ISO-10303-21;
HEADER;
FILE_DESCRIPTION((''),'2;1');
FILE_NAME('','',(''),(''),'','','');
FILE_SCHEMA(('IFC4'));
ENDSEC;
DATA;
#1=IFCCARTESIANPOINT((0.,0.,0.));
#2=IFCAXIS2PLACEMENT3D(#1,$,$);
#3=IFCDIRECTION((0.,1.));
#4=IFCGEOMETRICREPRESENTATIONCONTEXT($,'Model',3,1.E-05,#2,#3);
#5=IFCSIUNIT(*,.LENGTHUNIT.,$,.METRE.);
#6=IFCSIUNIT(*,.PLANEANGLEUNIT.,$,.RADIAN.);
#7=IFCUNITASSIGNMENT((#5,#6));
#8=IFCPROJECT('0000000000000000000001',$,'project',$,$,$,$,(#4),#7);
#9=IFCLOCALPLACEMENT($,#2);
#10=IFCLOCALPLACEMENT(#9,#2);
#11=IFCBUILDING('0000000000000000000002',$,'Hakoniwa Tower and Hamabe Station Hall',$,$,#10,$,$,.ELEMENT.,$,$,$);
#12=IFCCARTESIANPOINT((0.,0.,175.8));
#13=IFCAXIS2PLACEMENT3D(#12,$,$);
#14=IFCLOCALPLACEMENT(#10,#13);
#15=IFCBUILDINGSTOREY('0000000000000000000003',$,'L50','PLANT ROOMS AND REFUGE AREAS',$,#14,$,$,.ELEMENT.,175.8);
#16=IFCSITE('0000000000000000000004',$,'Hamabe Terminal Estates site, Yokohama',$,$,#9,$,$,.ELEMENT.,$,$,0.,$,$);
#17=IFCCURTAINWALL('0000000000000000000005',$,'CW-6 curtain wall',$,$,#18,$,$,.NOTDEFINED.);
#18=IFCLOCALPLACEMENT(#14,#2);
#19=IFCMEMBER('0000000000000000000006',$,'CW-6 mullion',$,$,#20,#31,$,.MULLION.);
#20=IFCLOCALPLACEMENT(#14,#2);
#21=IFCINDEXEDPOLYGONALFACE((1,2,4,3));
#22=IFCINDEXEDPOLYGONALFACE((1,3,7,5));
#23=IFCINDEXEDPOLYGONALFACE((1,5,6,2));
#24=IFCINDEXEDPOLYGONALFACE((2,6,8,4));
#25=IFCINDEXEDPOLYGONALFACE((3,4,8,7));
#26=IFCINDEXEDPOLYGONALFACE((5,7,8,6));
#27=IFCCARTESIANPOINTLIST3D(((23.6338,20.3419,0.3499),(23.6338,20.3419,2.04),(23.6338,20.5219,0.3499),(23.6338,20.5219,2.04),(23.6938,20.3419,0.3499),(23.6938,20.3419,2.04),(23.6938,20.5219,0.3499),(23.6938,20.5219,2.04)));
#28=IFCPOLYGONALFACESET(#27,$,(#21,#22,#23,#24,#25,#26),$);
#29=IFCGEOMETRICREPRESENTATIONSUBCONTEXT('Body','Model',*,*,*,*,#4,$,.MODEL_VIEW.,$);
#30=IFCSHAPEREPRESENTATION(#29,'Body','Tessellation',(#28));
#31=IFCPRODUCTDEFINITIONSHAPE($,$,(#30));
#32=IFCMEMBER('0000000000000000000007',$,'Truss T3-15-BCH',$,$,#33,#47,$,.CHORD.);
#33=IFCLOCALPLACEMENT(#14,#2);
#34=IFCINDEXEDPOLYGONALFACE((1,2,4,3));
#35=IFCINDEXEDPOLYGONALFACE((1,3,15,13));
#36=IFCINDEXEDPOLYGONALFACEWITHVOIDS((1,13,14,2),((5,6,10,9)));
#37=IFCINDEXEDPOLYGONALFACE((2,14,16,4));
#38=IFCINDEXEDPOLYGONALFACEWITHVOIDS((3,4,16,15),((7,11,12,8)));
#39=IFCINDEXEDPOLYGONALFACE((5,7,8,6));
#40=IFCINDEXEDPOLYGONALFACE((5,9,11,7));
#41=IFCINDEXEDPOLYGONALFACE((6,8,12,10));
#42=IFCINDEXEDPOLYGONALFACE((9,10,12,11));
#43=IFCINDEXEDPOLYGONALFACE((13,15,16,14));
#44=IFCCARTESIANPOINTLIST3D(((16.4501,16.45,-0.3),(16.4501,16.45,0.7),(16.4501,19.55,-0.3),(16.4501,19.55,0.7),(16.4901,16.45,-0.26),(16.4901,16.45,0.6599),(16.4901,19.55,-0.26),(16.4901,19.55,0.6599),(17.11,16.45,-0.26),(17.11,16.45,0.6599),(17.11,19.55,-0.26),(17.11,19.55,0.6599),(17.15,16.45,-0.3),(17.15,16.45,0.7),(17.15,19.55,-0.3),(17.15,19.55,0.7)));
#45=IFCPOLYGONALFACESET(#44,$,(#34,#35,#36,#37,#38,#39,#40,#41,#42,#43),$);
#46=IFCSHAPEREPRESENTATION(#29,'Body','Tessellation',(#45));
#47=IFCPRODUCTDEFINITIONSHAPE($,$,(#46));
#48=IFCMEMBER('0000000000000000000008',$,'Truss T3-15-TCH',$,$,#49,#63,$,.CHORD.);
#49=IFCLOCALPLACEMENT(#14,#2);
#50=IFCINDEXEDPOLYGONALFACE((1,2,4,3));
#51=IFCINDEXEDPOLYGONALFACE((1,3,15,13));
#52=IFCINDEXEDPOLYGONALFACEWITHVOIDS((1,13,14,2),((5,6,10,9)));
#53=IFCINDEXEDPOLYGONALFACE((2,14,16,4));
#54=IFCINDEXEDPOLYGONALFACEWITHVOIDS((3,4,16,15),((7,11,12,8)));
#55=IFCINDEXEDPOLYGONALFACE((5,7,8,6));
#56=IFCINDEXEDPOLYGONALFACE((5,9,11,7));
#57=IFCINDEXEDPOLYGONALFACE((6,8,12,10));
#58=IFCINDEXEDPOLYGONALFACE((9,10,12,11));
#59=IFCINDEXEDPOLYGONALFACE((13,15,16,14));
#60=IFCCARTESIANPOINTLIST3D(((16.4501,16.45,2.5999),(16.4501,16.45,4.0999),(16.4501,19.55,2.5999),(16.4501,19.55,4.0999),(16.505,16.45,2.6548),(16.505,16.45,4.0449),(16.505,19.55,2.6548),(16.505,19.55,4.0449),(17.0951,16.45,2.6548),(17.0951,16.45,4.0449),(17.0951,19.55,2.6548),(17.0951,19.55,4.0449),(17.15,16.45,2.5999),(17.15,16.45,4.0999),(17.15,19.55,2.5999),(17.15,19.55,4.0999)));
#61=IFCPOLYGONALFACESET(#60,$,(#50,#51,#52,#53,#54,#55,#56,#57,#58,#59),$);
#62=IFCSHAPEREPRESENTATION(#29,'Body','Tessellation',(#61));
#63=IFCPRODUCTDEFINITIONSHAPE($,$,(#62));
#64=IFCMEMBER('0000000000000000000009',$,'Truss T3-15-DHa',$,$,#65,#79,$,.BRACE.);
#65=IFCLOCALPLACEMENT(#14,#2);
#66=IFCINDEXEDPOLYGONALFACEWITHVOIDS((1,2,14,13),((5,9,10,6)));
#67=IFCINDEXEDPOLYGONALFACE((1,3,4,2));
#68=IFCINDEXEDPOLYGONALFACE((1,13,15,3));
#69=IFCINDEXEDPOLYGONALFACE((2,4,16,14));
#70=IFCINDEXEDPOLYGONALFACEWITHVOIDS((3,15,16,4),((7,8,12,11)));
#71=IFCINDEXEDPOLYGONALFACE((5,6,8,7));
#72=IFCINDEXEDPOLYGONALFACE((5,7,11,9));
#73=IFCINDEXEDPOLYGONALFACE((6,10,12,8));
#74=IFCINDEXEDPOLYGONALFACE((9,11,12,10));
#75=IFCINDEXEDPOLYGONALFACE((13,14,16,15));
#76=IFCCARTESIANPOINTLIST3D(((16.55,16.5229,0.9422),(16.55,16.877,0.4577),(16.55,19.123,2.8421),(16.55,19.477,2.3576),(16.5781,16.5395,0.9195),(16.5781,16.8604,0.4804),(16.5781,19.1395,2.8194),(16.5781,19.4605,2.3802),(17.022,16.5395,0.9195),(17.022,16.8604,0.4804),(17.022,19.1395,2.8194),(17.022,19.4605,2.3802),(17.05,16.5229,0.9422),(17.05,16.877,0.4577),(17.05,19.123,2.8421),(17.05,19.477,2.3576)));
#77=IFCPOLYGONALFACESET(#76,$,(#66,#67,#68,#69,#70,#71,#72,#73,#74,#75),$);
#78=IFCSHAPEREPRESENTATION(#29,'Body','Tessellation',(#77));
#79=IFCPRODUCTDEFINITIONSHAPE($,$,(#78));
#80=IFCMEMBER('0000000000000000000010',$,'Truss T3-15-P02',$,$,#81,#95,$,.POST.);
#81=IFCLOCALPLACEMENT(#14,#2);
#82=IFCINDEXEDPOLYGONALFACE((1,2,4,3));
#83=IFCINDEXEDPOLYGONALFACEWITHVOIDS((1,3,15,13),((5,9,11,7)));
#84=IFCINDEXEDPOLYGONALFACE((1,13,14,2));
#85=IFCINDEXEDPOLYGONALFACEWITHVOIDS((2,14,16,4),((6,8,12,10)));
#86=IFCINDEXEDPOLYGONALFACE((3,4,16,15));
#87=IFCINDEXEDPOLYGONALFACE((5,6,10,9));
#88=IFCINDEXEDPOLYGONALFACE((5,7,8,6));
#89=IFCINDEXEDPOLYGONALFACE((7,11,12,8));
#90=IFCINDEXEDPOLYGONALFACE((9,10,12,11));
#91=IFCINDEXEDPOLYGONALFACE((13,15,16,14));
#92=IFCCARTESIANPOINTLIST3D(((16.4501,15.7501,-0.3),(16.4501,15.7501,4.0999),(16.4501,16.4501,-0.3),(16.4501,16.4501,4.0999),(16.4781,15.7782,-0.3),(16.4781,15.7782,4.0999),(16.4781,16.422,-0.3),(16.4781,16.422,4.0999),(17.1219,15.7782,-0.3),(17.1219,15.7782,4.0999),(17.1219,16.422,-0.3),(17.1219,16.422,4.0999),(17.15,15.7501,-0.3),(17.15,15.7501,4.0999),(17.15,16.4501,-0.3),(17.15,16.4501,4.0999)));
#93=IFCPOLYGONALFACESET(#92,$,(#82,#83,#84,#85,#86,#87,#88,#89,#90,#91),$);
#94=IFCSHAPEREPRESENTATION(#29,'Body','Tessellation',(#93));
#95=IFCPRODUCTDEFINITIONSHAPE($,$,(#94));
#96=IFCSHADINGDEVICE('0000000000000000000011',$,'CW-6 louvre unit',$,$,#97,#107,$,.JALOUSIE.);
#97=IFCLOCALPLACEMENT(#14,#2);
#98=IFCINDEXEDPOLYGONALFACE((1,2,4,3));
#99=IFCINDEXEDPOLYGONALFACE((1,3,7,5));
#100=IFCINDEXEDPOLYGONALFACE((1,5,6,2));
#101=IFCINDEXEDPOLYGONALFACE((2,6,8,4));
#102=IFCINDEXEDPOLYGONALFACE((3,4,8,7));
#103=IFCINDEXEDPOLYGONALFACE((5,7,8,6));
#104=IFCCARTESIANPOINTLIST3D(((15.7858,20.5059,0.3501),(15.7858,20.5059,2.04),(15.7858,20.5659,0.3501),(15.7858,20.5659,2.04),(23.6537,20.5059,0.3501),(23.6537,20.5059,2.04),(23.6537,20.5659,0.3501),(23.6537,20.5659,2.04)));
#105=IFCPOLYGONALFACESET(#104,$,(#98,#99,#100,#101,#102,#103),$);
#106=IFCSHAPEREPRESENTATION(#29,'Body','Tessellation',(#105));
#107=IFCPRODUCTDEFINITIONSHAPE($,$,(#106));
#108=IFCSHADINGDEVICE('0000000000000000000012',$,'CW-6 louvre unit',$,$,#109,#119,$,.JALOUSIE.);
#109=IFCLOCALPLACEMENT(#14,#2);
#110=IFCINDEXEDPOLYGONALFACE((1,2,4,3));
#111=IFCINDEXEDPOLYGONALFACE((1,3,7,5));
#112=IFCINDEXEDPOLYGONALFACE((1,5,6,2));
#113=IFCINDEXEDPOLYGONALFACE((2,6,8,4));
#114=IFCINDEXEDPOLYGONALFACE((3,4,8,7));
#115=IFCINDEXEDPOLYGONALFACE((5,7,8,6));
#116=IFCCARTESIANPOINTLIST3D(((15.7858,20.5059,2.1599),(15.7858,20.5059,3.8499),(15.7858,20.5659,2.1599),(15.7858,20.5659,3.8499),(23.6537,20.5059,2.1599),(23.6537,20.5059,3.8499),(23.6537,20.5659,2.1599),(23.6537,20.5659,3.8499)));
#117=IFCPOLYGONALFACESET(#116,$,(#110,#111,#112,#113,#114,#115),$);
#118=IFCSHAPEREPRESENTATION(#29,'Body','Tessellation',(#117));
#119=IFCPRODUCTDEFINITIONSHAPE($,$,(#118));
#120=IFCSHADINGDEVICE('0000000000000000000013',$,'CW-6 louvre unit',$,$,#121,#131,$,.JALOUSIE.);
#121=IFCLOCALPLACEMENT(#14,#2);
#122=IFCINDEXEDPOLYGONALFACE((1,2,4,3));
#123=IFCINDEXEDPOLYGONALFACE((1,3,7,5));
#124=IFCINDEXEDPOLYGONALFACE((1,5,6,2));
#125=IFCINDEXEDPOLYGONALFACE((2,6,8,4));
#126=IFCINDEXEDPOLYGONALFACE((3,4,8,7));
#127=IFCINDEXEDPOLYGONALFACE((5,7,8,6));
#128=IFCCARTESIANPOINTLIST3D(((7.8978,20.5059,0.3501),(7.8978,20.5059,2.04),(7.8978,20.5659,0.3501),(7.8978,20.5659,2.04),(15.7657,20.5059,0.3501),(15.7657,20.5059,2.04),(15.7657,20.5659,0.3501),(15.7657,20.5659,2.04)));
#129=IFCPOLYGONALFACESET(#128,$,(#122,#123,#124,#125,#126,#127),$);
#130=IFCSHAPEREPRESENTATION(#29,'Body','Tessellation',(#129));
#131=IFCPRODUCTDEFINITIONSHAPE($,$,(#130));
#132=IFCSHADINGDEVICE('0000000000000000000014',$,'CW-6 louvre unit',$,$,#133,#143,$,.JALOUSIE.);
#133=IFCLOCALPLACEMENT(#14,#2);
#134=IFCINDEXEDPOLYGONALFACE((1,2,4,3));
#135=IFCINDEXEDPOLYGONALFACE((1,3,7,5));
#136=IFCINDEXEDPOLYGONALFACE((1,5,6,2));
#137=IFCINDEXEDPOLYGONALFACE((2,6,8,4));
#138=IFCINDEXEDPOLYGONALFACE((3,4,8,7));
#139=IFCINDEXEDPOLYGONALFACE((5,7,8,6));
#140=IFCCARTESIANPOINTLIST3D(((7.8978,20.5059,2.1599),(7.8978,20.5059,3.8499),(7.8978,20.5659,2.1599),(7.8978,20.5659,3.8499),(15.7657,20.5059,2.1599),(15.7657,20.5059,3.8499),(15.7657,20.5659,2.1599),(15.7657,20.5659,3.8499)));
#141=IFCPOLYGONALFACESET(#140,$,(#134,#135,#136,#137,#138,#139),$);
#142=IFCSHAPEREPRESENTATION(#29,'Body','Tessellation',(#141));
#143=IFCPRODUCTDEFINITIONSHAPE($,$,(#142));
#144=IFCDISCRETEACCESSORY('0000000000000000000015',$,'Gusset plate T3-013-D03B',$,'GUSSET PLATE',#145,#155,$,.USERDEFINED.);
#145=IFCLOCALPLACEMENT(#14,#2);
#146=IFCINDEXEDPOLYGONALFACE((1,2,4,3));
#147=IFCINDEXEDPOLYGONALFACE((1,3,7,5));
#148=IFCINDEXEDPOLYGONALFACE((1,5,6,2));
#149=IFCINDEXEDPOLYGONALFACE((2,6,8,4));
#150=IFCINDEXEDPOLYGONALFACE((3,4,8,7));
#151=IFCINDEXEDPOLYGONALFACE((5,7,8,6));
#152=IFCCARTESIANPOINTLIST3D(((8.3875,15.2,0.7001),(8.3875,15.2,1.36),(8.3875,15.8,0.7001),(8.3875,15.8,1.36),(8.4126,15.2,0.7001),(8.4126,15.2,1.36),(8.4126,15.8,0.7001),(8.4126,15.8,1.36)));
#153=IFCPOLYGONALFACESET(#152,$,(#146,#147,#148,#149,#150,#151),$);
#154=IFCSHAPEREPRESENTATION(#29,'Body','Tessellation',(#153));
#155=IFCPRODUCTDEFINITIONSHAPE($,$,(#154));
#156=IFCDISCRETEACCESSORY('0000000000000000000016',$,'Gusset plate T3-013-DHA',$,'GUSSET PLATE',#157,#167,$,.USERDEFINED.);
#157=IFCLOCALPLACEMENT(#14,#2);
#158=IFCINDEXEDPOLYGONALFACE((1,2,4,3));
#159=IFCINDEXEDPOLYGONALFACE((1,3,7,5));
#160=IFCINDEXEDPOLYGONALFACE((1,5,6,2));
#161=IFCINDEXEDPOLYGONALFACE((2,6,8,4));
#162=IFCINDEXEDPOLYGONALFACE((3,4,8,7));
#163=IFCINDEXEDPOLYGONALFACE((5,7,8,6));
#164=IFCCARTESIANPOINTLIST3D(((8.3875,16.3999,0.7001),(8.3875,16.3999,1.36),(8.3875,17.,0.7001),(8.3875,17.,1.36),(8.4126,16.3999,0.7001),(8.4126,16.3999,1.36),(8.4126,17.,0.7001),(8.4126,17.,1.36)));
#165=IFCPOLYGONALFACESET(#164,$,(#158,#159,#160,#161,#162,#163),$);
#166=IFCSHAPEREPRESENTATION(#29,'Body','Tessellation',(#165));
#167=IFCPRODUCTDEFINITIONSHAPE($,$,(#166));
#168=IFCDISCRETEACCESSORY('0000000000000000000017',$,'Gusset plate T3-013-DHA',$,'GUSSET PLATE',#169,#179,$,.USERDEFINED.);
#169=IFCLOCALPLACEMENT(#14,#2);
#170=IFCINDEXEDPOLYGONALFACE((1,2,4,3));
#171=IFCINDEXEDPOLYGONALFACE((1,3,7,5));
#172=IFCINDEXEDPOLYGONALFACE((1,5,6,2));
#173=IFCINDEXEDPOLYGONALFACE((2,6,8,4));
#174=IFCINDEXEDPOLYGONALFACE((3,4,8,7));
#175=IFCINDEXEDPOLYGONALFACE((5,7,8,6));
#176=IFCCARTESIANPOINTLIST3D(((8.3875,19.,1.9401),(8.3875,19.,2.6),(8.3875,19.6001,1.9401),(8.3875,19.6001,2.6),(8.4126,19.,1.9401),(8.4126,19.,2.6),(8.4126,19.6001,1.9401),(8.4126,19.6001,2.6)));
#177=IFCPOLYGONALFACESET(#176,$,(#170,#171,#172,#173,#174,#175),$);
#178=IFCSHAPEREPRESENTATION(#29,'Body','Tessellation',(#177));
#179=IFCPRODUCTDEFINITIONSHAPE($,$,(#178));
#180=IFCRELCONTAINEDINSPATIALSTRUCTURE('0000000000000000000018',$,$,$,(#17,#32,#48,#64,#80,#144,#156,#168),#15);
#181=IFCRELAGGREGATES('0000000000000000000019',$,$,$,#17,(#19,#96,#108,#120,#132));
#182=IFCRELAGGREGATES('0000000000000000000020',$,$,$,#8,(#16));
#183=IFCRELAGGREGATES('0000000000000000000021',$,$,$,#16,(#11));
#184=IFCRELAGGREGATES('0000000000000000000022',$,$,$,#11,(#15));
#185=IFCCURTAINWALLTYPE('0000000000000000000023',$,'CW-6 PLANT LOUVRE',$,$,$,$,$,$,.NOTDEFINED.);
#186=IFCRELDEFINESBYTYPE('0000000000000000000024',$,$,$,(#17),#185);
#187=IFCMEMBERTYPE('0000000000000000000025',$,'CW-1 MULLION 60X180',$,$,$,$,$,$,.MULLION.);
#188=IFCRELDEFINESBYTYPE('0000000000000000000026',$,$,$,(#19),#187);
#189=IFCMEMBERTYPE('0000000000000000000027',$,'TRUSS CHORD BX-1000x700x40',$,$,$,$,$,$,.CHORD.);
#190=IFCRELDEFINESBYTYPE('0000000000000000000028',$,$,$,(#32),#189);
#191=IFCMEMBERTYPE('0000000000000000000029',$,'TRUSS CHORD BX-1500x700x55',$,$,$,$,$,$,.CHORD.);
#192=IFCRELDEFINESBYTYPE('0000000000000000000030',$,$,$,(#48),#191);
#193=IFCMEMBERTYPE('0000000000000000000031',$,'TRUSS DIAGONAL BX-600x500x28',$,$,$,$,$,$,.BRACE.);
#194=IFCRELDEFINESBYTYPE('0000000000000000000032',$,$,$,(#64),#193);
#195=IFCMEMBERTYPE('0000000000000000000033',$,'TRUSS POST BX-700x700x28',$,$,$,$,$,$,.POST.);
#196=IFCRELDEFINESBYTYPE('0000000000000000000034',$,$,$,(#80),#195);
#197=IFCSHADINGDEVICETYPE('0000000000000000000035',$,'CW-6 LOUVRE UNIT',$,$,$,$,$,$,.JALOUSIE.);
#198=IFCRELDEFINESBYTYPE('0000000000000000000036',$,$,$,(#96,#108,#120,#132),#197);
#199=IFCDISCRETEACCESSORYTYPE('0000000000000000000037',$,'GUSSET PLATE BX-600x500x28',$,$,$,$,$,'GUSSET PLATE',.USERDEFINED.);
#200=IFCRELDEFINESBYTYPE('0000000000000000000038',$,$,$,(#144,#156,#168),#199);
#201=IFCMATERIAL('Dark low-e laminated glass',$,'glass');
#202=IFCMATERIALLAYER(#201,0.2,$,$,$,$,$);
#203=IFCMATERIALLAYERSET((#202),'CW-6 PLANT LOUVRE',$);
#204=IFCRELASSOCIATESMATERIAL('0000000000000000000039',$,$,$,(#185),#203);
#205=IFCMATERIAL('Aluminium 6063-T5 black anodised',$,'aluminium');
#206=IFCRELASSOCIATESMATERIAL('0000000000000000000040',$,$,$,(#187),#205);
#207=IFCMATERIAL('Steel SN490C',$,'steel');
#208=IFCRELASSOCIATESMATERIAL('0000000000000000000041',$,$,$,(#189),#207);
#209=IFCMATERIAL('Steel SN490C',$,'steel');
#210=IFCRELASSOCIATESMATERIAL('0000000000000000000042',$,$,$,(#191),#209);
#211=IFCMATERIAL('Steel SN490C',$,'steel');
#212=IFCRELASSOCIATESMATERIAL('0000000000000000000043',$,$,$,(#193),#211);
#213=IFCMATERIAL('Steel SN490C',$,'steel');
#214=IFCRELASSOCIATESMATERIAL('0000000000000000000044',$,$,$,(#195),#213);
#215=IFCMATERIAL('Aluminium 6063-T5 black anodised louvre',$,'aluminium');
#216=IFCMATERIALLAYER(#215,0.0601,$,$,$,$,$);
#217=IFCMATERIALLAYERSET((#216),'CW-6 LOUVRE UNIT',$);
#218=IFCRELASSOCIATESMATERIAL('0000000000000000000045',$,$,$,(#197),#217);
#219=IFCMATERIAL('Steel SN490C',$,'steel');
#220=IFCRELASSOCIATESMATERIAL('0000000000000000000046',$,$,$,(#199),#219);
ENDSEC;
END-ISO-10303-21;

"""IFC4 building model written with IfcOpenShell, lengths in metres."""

from ifc_helpers import new_model, si_unit, direction, frame, origin, origin_2d, place, context, subcontext, project, spatial, rectangle, hollow_rectangle, extrude, material, layer, layer_set, material_profile, profile_set, type_object, element, aggregate, save


model = new_model("IFC4")

# Units and contexts
model_context = context("Model", 3, precision=1e-05, world=origin(), true_north=direction((0.0, 1.0)))
body_context = subcontext(model_context, "Body", "Model", "MODEL_VIEW")
ifc_project = project(units=[si_unit("LENGTHUNIT", "METRE"), si_unit("PLANEANGLEUNIT", "RADIAN")], contexts=[model_context])

# Site, building, storey
site_placement = place(None, origin())
site = spatial("IfcSite", under=ifc_project, at=site_placement, Name="Hamabe Terminal Estates site, Yokohama", CompositionType="ELEMENT", RefElevation=0.0)
building_placement = place(site_placement, origin())
building = spatial("IfcBuilding", under=site, at=building_placement, Name="Hakoniwa Tower and Hamabe Station Hall", CompositionType="ELEMENT")
storey_placement = place(building_placement, frame((0.0, 0.0, 175.8)))
storey = spatial("IfcBuildingStorey", under=building, at=storey_placement, Name="L50", Description="PLANT ROOMS AND REFUGE AREAS", CompositionType="ELEMENT", Elevation=175.8)

# Curtain wall, member
ifc_material_1 = material(Name="Dark low-e laminated glass", Category="glass")
ifc_layer_1 = layer(ifc_material_1, 0.2)
ifc_layer_set_1 = layer_set([ifc_layer_1], Name="CW-6 PLANT LOUVRE")
curtain_wall_type = type_object("IfcCurtainWallType", Name="CW-6 PLANT LOUVRE", PredefinedType="NOTDEFINED", material=ifc_layer_set_1)
curtain_wall_placement = place(storey_placement, origin())
curtain_wall = element("IfcCurtainWall", 1, at=curtain_wall_placement, inside=storey, type_object=curtain_wall_type, Name="CW-6 curtain wall", PredefinedType="NOTDEFINED")
ifc_material_2 = material(Name="Aluminium 6063-T5 black anodised", Category="aluminium")
ifc_material_profile_1 = material_profile(ifc_material_2, rectangle(XDim=0.0601, YDim=0.1799, at=origin_2d()), Name="CW-1 MULLION 60X180")
ifc_profile_set_1 = profile_set([ifc_material_profile_1], Name="Aluminium 6063-T5 black anodised")
member_type_1 = type_object("IfcMemberType", Name="CW-1 MULLION 60X180", PredefinedType="MULLION", material=ifc_profile_set_1)
member_1_placement = place(storey_placement, frame((23.6638, 20.4319, 0.3499), z_axis=(0.0, 0.0, 1.0), x_axis=(-1.0, 0.0, 0.0)))
member_1 = element("IfcMember", 2, at=member_1_placement, type_object=member_type_1, Name="CW-6 mullion", PredefinedType="MULLION", context=body_context, shape_type="SweptSolid", body=[
    extrude(rectangle(XDim=0.0601, YDim=0.1799, at=origin_2d()), origin(), (0.0, 0.0, 1.0), 1.6902),
])

# Members
ifc_material_3 = material(Name="Steel SN490C", Category="steel")
ifc_material_profile_2 = material_profile(ifc_material_3, hollow_rectangle(XDim=0.7, YDim=1.0, WallThickness=0.04, at=origin_2d()), Name="BX-1000x700x40")
ifc_profile_set_2 = profile_set([ifc_material_profile_2], Name="Steel SN490C")
member_type_2 = type_object("IfcMemberType", Name="TRUSS CHORD BX-1000x700x40", PredefinedType="CHORD", material=ifc_profile_set_2)
member_2_placement = place(storey_placement, frame((16.8, 16.45, 0.2), z_axis=(0.0, 1.0, 0.0), x_axis=(-1.0, 0.0, 0.0)))
element("IfcMember", 3, at=member_2_placement, inside=storey, type_object=member_type_2, Name="Truss T3-15-BCH", PredefinedType="CHORD", context=body_context, shape_type="SweptSolid", body=[
    extrude(hollow_rectangle(XDim=0.7, YDim=1.0, WallThickness=0.04, at=origin_2d()), origin(), (0.0, 0.0, 1.0), 3.1001),
])
ifc_material_4 = material(Name="Steel SN490C", Category="steel")
ifc_material_profile_3 = material_profile(ifc_material_4, hollow_rectangle(XDim=0.7, YDim=1.5, WallThickness=0.0549, at=origin_2d()), Name="BX-1500x700x55")
ifc_profile_set_3 = profile_set([ifc_material_profile_3], Name="Steel SN490C")
member_type_3 = type_object("IfcMemberType", Name="TRUSS CHORD BX-1500x700x55", PredefinedType="CHORD", material=ifc_profile_set_3)
member_3_placement = place(storey_placement, frame((16.8, 16.45, 3.3499), z_axis=(0.0, 1.0, 0.0), x_axis=(-1.0, 0.0, 0.0)))
element("IfcMember", 4, at=member_3_placement, inside=storey, type_object=member_type_3, Name="Truss T3-15-TCH", PredefinedType="CHORD", context=body_context, shape_type="SweptSolid", body=[
    extrude(hollow_rectangle(XDim=0.7, YDim=1.5, WallThickness=0.0549, at=origin_2d()), origin(), (0.0, 0.0, 1.0), 3.1001),
])
ifc_material_5 = material(Name="Steel SN490C", Category="steel")
ifc_material_profile_4 = material_profile(ifc_material_5, hollow_rectangle(XDim=0.5, YDim=0.6001, WallThickness=0.0281, at=origin_2d()), Name="BX-600x500x28")
ifc_profile_set_4 = profile_set([ifc_material_profile_4], Name="Steel SN490C")
member_type_4 = type_object("IfcMemberType", Name="TRUSS DIAGONAL BX-600x500x28", PredefinedType="BRACE", material=ifc_profile_set_4)
member_4_placement = place(storey_placement, frame((16.8, 16.7, 0.7), z_axis=(0.0, 0.807416, 0.589982), x_axis=(-1.0, 0.0, 0.0)))
element("IfcMember", 5, at=member_4_placement, inside=storey, type_object=member_type_4, Name="Truss T3-15-DHa", PredefinedType="BRACE", context=body_context, shape_type="SweptSolid", body=[
    extrude(hollow_rectangle(XDim=0.5, YDim=0.6001, WallThickness=0.0281, at=origin_2d()), origin(), (0.0, 0.0, 1.0), 3.2202),
])
ifc_material_6 = material(Name="Steel SN490C", Category="steel")
ifc_material_profile_5 = material_profile(ifc_material_6, hollow_rectangle(XDim=0.7, YDim=0.7, WallThickness=0.0281, at=origin_2d()), Name="BX-700x700x28")
ifc_profile_set_5 = profile_set([ifc_material_profile_5], Name="Steel SN490C")
member_type_5 = type_object("IfcMemberType", Name="TRUSS POST BX-700x700x28", PredefinedType="POST", material=ifc_profile_set_5)
member_5_placement = place(storey_placement, frame((16.8, 16.1001, -0.3), z_axis=(0.0, 0.0, 1.0), x_axis=(1.0, 0.0, 0.0)))
element("IfcMember", 6, at=member_5_placement, inside=storey, type_object=member_type_5, Name="Truss T3-15-P02", PredefinedType="POST", context=body_context, shape_type="SweptSolid", body=[
    extrude(hollow_rectangle(XDim=0.7, YDim=0.7, WallThickness=0.0281, at=origin_2d()), origin(), (0.0, 0.0, 1.0), 4.3999),
])

# Shading devices
ifc_material_7 = material(Name="Aluminium 6063-T5 black anodised louvre", Category="aluminium")
ifc_layer_2 = layer(ifc_material_7, 0.0601)
ifc_layer_set_2 = layer_set([ifc_layer_2], Name="CW-6 LOUVRE UNIT")
shading_device_type = type_object("IfcShadingDeviceType", Name="CW-6 LOUVRE UNIT", PredefinedType="JALOUSIE", material=ifc_layer_set_2)
shading_device_1_placement = place(storey_placement, frame((19.7197, 20.5359, 0.3501), z_axis=(0.0, 0.0, 1.0), x_axis=(-1.0, 0.0, 0.0)))
shading_device_1 = element("IfcShadingDevice", 7, at=shading_device_1_placement, type_object=shading_device_type, Name="CW-6 louvre unit", PredefinedType="JALOUSIE", context=body_context, shape_type="SweptSolid", body=[
    extrude(rectangle(XDim=7.8679, YDim=0.0601, at=origin_2d()), origin(), (0.0, 0.0, 1.0), 1.6899),
])
shading_device_2_placement = place(storey_placement, frame((19.7197, 20.5359, 2.1599), z_axis=(0.0, 0.0, 1.0), x_axis=(-1.0, 0.0, 0.0)))
shading_device_2 = element("IfcShadingDevice", 8, at=shading_device_2_placement, type_object=shading_device_type, Name="CW-6 louvre unit", PredefinedType="JALOUSIE", context=body_context, shape_type="SweptSolid", body=[
    extrude(rectangle(XDim=7.8679, YDim=0.0601, at=origin_2d()), origin(), (0.0, 0.0, 1.0), 1.6899),
])
shading_device_3_placement = place(storey_placement, frame((11.8318, 20.5359, 0.3501), z_axis=(0.0, 0.0, 1.0), x_axis=(-1.0, 0.0, 0.0)))
shading_device_3 = element("IfcShadingDevice", 9, at=shading_device_3_placement, type_object=shading_device_type, Name="CW-6 louvre unit", PredefinedType="JALOUSIE", context=body_context, shape_type="SweptSolid", body=[
    extrude(rectangle(XDim=7.8679, YDim=0.0601, at=origin_2d()), origin(), (0.0, 0.0, 1.0), 1.6899),
])
shading_device_4_placement = place(storey_placement, frame((11.8318, 20.5359, 2.1599), z_axis=(0.0, 0.0, 1.0), x_axis=(-1.0, 0.0, 0.0)))
shading_device_4 = element("IfcShadingDevice", 10, at=shading_device_4_placement, type_object=shading_device_type, Name="CW-6 louvre unit", PredefinedType="JALOUSIE", context=body_context, shape_type="SweptSolid", body=[
    extrude(rectangle(XDim=7.8679, YDim=0.0601, at=origin_2d()), origin(), (0.0, 0.0, 1.0), 1.6899),
])
aggregate(curtain_wall, [member_1, shading_device_1, shading_device_2, shading_device_3, shading_device_4])

# Discrete accessories
ifc_material_8 = material(Name="Steel SN490C", Category="steel")
ifc_material_profile_6 = material_profile(ifc_material_8, rectangle(XDim=0.6001, YDim=0.6599, at=origin_2d()), Name="GUSSET PLATE BX-600x500x28")
ifc_profile_set_6 = profile_set([ifc_material_profile_6], Name="Steel SN490C")
discrete_accessory_type = type_object("IfcDiscreteAccessoryType", Name="GUSSET PLATE BX-600x500x28", ElementType="GUSSET PLATE", PredefinedType="USERDEFINED", material=ifc_profile_set_6)
for number, where, z_axis, x_axis, name in (
    (11, (8.4126, 15.5, 1.03), (-1.0, 0.0, 0.0), (0.0, -1.0, 0.0), "Gusset plate T3-013-D03B"),
    (12, (8.4126, 16.7, 1.03), (-1.0, 0.0, 0.0), (0.0, -1.0, 0.0), "Gusset plate T3-013-DHA"),
    (13, (8.4126, 19.3, 2.27), (-1.0, 0.0, 0.0), (0.0, -1.0, 0.0), "Gusset plate T3-013-DHA"),
):
    element("IfcDiscreteAccessory", number, at=place(storey_placement, frame(where, z_axis=z_axis, x_axis=x_axis)), inside=storey, type_object=discrete_accessory_type, Name=name, ObjectType="GUSSET PLATE", PredefinedType="USERDEFINED", context=body_context, shape_type="SweptSolid", body=[
        extrude(rectangle(XDim=0.6001, YDim=0.6599, at=origin_2d()), origin(), (0.0, 0.0, 1.0), 0.0251),
    ])

save(model, "model.ifc")
